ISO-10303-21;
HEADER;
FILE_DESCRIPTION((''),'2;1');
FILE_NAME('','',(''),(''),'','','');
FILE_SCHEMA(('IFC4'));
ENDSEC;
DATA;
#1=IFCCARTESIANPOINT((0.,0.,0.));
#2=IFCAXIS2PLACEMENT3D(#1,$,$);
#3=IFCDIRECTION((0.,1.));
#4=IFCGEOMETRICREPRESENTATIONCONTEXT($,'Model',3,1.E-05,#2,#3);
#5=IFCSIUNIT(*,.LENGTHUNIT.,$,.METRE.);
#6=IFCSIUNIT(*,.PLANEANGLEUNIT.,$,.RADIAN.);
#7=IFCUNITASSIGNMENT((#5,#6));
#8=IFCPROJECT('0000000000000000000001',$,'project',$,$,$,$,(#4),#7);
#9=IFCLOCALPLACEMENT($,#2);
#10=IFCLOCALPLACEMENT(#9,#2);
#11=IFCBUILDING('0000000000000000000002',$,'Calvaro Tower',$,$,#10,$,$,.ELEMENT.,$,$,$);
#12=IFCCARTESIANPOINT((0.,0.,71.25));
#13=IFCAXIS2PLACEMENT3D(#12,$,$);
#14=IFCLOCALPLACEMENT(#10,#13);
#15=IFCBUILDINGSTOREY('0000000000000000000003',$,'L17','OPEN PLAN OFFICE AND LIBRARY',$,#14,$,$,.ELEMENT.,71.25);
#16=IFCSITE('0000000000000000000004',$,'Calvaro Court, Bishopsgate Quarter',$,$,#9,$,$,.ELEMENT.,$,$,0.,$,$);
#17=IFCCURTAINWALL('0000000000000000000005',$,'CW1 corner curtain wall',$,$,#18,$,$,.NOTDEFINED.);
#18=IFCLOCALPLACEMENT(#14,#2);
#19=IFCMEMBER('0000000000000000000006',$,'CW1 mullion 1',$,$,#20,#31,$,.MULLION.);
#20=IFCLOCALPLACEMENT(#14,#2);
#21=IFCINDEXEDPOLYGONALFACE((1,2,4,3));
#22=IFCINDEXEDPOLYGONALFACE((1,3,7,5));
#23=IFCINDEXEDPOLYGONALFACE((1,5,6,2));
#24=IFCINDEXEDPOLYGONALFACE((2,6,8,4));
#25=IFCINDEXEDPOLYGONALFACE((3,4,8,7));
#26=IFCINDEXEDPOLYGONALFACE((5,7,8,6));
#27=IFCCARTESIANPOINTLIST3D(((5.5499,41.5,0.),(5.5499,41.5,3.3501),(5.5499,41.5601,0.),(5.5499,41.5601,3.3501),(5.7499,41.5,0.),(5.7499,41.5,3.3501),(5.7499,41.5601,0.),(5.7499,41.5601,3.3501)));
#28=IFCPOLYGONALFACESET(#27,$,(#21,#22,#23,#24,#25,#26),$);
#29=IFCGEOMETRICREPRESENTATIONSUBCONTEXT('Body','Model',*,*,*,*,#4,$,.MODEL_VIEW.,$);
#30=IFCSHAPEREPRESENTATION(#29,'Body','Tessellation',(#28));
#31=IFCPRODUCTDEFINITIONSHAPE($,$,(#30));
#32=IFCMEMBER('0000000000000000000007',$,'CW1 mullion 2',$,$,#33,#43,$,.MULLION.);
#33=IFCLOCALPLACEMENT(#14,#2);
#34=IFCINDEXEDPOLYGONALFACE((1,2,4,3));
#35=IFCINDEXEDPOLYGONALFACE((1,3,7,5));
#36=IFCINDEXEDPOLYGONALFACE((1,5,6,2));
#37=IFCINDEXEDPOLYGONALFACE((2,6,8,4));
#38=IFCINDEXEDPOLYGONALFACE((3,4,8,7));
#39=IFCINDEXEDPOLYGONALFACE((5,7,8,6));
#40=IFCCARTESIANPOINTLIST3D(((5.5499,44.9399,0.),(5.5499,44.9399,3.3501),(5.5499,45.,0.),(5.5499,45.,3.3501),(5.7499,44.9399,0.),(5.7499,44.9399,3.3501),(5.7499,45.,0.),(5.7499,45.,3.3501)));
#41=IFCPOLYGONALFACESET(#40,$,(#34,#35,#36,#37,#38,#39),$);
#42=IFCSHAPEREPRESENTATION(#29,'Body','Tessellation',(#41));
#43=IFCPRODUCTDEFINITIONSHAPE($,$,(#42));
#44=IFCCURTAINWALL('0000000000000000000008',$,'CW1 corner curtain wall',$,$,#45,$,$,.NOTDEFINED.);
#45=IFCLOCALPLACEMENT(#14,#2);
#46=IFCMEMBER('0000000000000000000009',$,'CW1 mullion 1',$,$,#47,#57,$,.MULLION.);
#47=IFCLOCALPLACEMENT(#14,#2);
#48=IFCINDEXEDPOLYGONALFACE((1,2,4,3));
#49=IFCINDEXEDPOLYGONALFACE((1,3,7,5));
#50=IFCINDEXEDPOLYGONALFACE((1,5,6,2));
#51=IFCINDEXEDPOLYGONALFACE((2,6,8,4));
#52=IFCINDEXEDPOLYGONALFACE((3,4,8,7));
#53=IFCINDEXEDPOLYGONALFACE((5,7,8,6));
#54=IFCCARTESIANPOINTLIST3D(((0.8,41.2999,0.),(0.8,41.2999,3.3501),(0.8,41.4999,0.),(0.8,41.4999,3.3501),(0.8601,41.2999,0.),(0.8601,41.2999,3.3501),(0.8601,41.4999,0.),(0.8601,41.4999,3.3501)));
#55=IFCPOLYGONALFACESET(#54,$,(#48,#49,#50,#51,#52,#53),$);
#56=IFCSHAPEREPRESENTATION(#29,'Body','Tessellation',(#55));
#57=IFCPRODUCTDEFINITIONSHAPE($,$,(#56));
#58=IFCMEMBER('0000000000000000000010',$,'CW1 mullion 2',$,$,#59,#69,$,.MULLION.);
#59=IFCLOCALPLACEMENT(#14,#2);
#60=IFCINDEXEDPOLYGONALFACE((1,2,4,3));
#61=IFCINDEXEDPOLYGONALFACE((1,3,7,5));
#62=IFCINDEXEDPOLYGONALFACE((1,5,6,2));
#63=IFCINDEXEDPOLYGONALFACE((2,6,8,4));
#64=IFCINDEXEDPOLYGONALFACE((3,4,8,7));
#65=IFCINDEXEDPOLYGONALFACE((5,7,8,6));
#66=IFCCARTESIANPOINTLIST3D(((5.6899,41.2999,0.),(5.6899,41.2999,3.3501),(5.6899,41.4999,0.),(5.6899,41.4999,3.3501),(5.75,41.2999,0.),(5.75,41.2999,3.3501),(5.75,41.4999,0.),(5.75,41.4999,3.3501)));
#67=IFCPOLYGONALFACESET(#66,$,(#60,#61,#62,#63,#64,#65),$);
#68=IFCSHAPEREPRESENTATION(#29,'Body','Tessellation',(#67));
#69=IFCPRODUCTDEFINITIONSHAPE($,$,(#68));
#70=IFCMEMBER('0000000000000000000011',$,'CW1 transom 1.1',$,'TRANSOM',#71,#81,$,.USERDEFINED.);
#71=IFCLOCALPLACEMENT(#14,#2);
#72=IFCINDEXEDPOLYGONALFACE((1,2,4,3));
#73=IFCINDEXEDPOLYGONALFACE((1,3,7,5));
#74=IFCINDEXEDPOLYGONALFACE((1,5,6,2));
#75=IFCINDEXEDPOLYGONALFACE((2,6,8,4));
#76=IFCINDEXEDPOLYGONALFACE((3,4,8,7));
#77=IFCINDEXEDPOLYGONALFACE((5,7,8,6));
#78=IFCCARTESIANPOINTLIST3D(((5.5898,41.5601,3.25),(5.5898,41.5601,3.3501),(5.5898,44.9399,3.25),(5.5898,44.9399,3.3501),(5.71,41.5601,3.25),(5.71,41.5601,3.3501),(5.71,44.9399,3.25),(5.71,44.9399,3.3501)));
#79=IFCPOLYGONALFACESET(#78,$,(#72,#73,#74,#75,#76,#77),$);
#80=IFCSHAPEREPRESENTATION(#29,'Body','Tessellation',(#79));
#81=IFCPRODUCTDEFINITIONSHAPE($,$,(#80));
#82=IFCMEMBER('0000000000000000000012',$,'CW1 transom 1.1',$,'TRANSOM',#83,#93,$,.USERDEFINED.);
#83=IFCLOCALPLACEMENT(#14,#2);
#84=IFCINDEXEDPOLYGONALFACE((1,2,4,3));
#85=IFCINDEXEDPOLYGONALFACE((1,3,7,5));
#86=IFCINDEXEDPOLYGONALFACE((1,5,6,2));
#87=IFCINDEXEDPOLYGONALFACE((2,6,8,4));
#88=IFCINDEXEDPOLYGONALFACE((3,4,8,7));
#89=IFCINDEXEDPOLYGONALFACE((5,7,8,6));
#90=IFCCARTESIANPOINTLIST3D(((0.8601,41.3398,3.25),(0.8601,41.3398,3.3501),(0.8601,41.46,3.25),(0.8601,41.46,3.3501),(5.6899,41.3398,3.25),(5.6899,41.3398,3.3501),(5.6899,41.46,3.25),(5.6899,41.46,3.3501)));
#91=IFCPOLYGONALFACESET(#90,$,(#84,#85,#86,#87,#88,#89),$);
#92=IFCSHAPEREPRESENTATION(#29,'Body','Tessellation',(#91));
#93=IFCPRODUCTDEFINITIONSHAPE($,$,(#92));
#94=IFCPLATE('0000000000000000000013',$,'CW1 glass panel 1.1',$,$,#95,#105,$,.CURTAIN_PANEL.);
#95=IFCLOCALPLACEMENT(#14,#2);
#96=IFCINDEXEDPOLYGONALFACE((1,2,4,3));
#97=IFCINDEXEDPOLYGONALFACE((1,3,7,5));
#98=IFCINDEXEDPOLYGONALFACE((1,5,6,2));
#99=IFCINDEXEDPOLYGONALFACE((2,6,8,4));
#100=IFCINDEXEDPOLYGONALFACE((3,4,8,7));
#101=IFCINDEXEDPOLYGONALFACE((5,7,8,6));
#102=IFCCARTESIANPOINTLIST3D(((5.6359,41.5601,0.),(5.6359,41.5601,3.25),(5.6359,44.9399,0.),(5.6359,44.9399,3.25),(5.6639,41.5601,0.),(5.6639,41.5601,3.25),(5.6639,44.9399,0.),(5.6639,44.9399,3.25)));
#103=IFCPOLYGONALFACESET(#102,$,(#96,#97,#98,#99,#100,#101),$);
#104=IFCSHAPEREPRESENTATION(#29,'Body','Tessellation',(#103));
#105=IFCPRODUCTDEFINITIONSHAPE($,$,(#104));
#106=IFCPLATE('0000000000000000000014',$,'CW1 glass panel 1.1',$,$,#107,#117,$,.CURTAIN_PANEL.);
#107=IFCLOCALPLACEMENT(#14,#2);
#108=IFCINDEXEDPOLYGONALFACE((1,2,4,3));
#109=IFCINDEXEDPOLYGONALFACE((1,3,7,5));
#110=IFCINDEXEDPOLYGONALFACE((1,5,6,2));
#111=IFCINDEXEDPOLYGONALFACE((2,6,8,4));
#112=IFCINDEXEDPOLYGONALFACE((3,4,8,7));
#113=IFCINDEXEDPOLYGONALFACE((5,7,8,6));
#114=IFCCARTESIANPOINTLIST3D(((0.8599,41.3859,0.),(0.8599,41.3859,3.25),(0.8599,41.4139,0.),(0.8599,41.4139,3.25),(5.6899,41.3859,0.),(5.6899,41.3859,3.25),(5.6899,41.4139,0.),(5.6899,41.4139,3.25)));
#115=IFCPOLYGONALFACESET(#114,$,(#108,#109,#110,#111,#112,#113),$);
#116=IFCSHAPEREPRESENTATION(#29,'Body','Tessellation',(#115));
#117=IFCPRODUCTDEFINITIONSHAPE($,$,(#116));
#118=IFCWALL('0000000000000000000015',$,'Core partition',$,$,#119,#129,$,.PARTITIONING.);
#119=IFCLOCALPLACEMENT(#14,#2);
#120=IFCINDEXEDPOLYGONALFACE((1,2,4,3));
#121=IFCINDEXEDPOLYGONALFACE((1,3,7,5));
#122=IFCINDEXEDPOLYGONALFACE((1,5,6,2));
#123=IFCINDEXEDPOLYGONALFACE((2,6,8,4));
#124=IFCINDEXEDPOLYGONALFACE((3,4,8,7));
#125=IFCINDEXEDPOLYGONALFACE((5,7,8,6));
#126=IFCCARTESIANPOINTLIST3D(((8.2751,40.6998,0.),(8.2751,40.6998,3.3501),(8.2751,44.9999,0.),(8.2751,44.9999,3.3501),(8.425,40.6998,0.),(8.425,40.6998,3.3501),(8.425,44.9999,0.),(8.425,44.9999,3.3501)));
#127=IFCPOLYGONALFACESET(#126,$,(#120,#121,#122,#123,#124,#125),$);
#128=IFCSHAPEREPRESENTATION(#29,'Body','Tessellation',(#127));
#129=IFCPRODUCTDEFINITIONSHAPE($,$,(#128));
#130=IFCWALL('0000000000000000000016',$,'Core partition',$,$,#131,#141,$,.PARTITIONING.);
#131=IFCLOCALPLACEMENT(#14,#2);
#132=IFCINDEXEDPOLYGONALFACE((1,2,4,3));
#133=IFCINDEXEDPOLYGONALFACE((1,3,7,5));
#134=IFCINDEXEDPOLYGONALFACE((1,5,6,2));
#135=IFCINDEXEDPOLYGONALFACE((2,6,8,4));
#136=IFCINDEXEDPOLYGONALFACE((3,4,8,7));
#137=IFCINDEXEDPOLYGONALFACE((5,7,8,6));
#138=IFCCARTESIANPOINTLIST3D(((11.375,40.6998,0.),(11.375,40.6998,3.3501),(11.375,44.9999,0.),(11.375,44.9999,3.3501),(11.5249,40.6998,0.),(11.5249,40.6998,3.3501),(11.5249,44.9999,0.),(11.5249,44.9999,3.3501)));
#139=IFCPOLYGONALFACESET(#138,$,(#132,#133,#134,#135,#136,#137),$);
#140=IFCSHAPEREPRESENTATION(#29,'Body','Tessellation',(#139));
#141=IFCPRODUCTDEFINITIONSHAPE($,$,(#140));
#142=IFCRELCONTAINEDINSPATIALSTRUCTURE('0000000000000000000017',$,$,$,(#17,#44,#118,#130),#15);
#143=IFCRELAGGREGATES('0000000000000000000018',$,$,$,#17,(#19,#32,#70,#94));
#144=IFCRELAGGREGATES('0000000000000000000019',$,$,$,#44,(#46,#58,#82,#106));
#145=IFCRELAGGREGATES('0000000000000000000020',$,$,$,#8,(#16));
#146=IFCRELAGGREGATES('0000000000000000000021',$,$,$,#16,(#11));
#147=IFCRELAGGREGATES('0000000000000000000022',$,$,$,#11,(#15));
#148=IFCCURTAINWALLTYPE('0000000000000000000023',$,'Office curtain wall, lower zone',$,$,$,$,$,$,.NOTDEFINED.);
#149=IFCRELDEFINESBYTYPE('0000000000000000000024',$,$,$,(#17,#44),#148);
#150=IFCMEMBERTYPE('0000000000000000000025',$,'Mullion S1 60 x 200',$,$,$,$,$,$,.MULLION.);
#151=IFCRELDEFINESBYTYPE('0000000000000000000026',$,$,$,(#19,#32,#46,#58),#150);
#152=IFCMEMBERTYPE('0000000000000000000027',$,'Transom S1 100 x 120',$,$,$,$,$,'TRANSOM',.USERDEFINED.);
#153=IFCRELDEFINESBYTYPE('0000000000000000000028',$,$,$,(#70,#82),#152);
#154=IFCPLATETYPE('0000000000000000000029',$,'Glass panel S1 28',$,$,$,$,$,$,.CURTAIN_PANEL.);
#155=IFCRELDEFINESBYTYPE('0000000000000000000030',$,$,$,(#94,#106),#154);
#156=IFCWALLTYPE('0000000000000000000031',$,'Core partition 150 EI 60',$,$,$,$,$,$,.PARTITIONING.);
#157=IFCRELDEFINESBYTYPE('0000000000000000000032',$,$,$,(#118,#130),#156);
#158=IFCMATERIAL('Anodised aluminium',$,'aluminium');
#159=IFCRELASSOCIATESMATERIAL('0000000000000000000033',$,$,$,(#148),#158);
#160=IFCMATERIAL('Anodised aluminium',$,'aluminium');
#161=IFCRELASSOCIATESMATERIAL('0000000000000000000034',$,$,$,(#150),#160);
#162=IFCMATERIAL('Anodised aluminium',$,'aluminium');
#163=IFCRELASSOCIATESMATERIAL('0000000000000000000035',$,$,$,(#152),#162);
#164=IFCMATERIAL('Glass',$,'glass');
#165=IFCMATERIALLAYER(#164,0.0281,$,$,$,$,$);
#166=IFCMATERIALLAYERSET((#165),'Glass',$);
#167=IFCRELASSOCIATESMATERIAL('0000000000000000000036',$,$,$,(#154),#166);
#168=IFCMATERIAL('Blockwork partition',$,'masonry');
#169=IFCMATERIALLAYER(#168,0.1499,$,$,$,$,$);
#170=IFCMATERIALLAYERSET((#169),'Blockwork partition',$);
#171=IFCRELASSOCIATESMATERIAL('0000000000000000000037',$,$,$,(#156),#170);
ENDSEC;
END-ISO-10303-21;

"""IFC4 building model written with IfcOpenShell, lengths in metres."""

from ifc_helpers import new_model, si_unit, direction, frame, frame_2d, origin, origin_2d, place, context, subcontext, project, spatial, rectangle, extrude, material, layer, layer_set, material_profile, profile_set, type_object, element, aggregate, save


model = new_model("IFC4")

# Units and contexts
model_context = context("Model", 3, precision=1e-05, world=origin(), true_north=direction((0.0, 1.0)))
body_context = subcontext(model_context, "Body", "Model", "MODEL_VIEW")
ifc_project = project(units=[si_unit("LENGTHUNIT", "METRE"), si_unit("PLANEANGLEUNIT", "RADIAN")], contexts=[model_context])

# Site, building, storey
site_placement = place(None, origin())
site = spatial("IfcSite", under=ifc_project, at=site_placement, Name="Calvaro Court, Bishopsgate Quarter", CompositionType="ELEMENT", RefElevation=0.0)
building_placement = place(site_placement, origin())
building = spatial("IfcBuilding", under=site, at=building_placement, Name="Calvaro Tower", CompositionType="ELEMENT")
storey_placement = place(building_placement, frame((0.0, 0.0, 71.25)))
storey = spatial("IfcBuildingStorey", under=building, at=storey_placement, Name="L17", Description="OPEN PLAN OFFICE AND LIBRARY", CompositionType="ELEMENT", Elevation=71.25)

# Curtain walls, members
ifc_material_1 = material(Name="Anodised aluminium", Category="aluminium")
curtain_wall_type = type_object("IfcCurtainWallType", Name="Office curtain wall, lower zone", PredefinedType="NOTDEFINED", material=ifc_material_1)
curtain_wall_1_placement = place(storey_placement, origin())
curtain_wall_1 = element("IfcCurtainWall", 1, at=curtain_wall_1_placement, inside=storey, type_object=curtain_wall_type, Name="CW1 corner curtain wall", PredefinedType="NOTDEFINED")
ifc_material_2 = material(Name="Anodised aluminium", Category="aluminium")
ifc_material_profile_1 = material_profile(ifc_material_2, rectangle(XDim=0.2, YDim=0.0601, at=origin_2d()), Name="Mullion S1 60 x 200")
ifc_profile_set_1 = profile_set([ifc_material_profile_1], Name="Anodised aluminium")
member_type_1 = type_object("IfcMemberType", Name="Mullion S1 60 x 200", PredefinedType="MULLION", material=ifc_profile_set_1)
member_1_placement = place(storey_placement, frame((5.6499, 41.53, 0.0), z_axis=(0.0, 0.0, 1.0), x_axis=(-1.0, 0.0, 0.0)))
member_1 = element("IfcMember", 2, at=member_1_placement, type_object=member_type_1, Name="CW1 mullion 1", PredefinedType="MULLION", context=body_context, shape_type="SweptSolid", body=[
    extrude(rectangle(XDim=0.2, YDim=0.0601, at=origin_2d()), origin(), (0.0, 0.0, 1.0), 3.3501),
])
member_2_placement = place(storey_placement, frame((5.6499, 44.97, 0.0), z_axis=(0.0, 0.0, 1.0), x_axis=(-1.0, 0.0, 0.0)))
member_2 = element("IfcMember", 3, at=member_2_placement, type_object=member_type_1, Name="CW1 mullion 2", PredefinedType="MULLION", context=body_context, shape_type="SweptSolid", body=[
    extrude(rectangle(XDim=0.2, YDim=0.0601, at=origin_2d()), origin(), (0.0, 0.0, 1.0), 3.3501),
])
curtain_wall_2_placement = place(storey_placement, origin())
curtain_wall_2 = element("IfcCurtainWall", 4, at=curtain_wall_2_placement, inside=storey, type_object=curtain_wall_type, Name="CW1 corner curtain wall", PredefinedType="NOTDEFINED")
member_3_placement = place(storey_placement, frame((0.8301, 41.3999, 0.0), z_axis=(0.0, 0.0, 1.0), x_axis=(0.0, 1.0, 0.0)))
member_3 = element("IfcMember", 5, at=member_3_placement, type_object=member_type_1, Name="CW1 mullion 1", PredefinedType="MULLION", context=body_context, shape_type="SweptSolid", body=[
    extrude(rectangle(XDim=0.2, YDim=0.0601, at=origin_2d()), origin(), (0.0, 0.0, 1.0), 3.3501),
])
member_4_placement = place(storey_placement, frame((5.72, 41.3999, 0.0), z_axis=(0.0, 0.0, 1.0), x_axis=(0.0, 1.0, 0.0)))
member_4 = element("IfcMember", 6, at=member_4_placement, type_object=member_type_1, Name="CW1 mullion 2", PredefinedType="MULLION", context=body_context, shape_type="SweptSolid", body=[
    extrude(rectangle(XDim=0.2, YDim=0.0601, at=origin_2d()), origin(), (0.0, 0.0, 1.0), 3.3501),
])

# Members
ifc_material_3 = material(Name="Anodised aluminium", Category="aluminium")
ifc_material_profile_2 = material_profile(ifc_material_3, rectangle(XDim=0.1201, YDim=0.1001, at=origin_2d()), Name="Transom S1 100 x 120")
ifc_profile_set_2 = profile_set([ifc_material_profile_2], Name="Anodised aluminium")
member_type_2 = type_object("IfcMemberType", Name="Transom S1 100 x 120", ElementType="TRANSOM", PredefinedType="USERDEFINED", material=ifc_profile_set_2)
member_5_placement = place(storey_placement, frame((5.6499, 41.5601, 3.3), z_axis=(0.0, 1.0, 0.0), x_axis=(-1.0, 0.0, 0.0)))
member_5 = element("IfcMember", 7, at=member_5_placement, type_object=member_type_2, Name="CW1 transom 1.1", ObjectType="TRANSOM", PredefinedType="USERDEFINED", context=body_context, shape_type="SweptSolid", body=[
    extrude(rectangle(XDim=0.1201, YDim=0.1001, at=origin_2d()), origin(), (0.0, 0.0, 1.0), 3.3799),
])
member_6_placement = place(storey_placement, frame((0.8601, 41.3999, 3.3), z_axis=(1.0, 0.0, 0.0), x_axis=(0.0, 1.0, 0.0)))
member_6 = element("IfcMember", 8, at=member_6_placement, type_object=member_type_2, Name="CW1 transom 1.1", ObjectType="TRANSOM", PredefinedType="USERDEFINED", context=body_context, shape_type="SweptSolid", body=[
    extrude(rectangle(XDim=0.1201, YDim=0.1001, at=origin_2d()), origin(), (0.0, 0.0, 1.0), 4.8298),
])

# Plates
ifc_material_4 = material(Name="Glass", Category="glass")
ifc_layer_1 = layer(ifc_material_4, 0.0281)
ifc_layer_set_1 = layer_set([ifc_layer_1], Name="Glass")
plate_type = type_object("IfcPlateType", Name="Glass panel S1 28", PredefinedType="CURTAIN_PANEL", material=ifc_layer_set_1)
plate_1_placement = place(storey_placement, frame((5.6499, 43.25, 0.0), z_axis=(0.0, 0.0, 1.0), x_axis=(0.0, 1.0, 0.0)))
plate_1 = element("IfcPlate", 9, at=plate_1_placement, type_object=plate_type, Name="CW1 glass panel 1.1", PredefinedType="CURTAIN_PANEL", context=body_context, shape_type="SweptSolid", body=[
    extrude(rectangle(XDim=3.3799, YDim=0.0281, at=origin_2d()), origin(), (0.0, 0.0, 1.0), 3.25),
])
aggregate(curtain_wall_1, [member_1, member_2, member_5, plate_1])
plate_2_placement = place(storey_placement, frame((3.2749, 41.3999, 0.0), z_axis=(0.0, 0.0, 1.0), x_axis=(1.0, 0.0, 0.0)))
plate_2 = element("IfcPlate", 10, at=plate_2_placement, type_object=plate_type, Name="CW1 glass panel 1.1", PredefinedType="CURTAIN_PANEL", context=body_context, shape_type="SweptSolid", body=[
    extrude(rectangle(XDim=4.8301, YDim=0.0281, at=origin_2d()), origin(), (0.0, 0.0, 1.0), 3.25),
])
aggregate(curtain_wall_2, [member_3, member_4, member_6, plate_2])

# Walls
ifc_material_5 = material(Name="Blockwork partition", Category="masonry")
ifc_layer_2 = layer(ifc_material_5, 0.1499)
ifc_layer_set_2 = layer_set([ifc_layer_2], Name="Blockwork partition")
wall_type_1 = type_object("IfcWallType", Name="Core partition 150 EI 60", PredefinedType="PARTITIONING", material=ifc_layer_set_2)
for number, where, z_axis, x_axis, name in (
    (11, (8.3501, 40.7, 0.0), (0.0, 0.0, 1.0), (0.0, 1.0, 0.0), "Core partition"),
    (12, (11.45, 40.7, 0.0), (0.0, 0.0, 1.0), (0.0, 1.0, 0.0), "Core partition"),
):
    element("IfcWall", number, at=place(storey_placement, frame(where, z_axis=z_axis, x_axis=x_axis)), inside=storey, type_object=wall_type_1, Name=name, PredefinedType="PARTITIONING", context=body_context, shape_type="SweptSolid", body=[
        extrude(rectangle(XDim=4.3, YDim=0.1499, at=frame_2d((2.1499, 0.0))), origin(), (0.0, 0.0, 1.0), 3.3501),
    ])

save(model, "model.ifc")
